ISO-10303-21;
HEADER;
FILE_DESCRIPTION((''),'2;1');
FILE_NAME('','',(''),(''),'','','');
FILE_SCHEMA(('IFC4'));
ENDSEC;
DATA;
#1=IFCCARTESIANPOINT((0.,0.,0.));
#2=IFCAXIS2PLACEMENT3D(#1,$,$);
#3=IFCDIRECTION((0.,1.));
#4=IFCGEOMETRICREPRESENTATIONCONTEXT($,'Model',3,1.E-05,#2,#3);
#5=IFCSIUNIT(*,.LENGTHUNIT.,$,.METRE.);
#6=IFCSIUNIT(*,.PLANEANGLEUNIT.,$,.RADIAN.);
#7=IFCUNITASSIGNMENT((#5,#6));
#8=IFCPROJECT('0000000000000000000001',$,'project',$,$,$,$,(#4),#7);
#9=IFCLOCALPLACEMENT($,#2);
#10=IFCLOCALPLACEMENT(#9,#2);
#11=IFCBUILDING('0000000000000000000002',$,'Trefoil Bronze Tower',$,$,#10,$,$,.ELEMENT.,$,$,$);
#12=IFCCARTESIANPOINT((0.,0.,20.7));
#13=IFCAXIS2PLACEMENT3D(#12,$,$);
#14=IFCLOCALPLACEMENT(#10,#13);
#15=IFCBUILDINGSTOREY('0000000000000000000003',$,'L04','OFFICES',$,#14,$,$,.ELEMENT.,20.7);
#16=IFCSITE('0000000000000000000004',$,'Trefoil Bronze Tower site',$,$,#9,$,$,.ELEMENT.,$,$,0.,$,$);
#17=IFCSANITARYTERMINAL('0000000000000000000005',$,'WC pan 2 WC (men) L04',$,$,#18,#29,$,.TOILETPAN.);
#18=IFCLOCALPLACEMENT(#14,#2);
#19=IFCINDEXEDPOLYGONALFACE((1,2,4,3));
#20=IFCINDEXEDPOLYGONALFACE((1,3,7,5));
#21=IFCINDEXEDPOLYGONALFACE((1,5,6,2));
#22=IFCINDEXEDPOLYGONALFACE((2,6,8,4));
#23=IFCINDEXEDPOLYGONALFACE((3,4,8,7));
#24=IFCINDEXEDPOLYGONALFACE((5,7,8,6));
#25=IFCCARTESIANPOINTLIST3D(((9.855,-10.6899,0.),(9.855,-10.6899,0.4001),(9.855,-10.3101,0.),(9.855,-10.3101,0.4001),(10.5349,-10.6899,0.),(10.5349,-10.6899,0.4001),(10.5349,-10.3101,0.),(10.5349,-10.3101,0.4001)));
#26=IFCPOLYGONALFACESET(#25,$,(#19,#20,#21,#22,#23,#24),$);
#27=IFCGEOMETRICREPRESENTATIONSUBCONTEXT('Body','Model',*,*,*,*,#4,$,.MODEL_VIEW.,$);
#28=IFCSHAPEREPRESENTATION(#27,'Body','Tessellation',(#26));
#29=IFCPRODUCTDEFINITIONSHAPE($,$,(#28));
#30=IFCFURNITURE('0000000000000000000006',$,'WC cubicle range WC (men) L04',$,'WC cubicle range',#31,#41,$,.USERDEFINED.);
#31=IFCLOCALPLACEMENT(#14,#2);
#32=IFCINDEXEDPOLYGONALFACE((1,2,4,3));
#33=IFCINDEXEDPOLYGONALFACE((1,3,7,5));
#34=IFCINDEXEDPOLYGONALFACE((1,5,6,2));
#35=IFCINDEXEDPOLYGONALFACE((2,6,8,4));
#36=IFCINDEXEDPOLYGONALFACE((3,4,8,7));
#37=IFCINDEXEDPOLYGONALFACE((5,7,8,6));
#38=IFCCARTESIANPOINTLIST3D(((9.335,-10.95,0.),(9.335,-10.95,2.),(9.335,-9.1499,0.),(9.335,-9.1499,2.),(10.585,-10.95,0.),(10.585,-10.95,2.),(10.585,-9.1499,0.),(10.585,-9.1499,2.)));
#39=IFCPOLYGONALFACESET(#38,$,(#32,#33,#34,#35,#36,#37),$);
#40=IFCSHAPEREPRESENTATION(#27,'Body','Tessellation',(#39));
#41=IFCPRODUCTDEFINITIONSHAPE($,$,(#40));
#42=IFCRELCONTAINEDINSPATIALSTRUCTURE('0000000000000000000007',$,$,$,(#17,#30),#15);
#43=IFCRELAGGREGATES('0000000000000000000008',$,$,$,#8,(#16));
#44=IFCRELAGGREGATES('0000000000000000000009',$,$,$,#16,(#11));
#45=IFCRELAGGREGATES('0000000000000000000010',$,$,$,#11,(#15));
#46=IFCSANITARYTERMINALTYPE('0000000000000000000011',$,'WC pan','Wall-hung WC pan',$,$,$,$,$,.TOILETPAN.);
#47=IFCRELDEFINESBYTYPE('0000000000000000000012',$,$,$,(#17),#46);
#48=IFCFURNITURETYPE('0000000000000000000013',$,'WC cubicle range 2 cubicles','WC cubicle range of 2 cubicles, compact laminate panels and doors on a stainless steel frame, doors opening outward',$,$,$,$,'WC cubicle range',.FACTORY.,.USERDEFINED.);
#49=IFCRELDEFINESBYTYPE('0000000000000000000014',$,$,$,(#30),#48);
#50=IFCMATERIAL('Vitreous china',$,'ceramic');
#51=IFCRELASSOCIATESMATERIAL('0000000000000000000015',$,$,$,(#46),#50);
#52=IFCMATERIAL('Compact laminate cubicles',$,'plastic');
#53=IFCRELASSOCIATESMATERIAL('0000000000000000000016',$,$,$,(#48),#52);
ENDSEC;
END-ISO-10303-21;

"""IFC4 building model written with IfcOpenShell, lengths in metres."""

from ifc_helpers import new_model, si_unit, direction, frame, origin, place, context, subcontext, project, spatial, polyline, outline, extrude, material, type_object, element, save


model = new_model("IFC4")

# Units and contexts
model_context = context("Model", 3, precision=1e-05, world=origin(), true_north=direction((0.0, 1.0)))
body_context = subcontext(model_context, "Body", "Model", "MODEL_VIEW")
ifc_project = project(units=[si_unit("LENGTHUNIT", "METRE"), si_unit("PLANEANGLEUNIT", "RADIAN")], contexts=[model_context])

# Site, building, storey
site_placement = place(None, origin())
site = spatial("IfcSite", under=ifc_project, at=site_placement, Name="Trefoil Bronze Tower site", CompositionType="ELEMENT", RefElevation=0.0)
building_placement = place(site_placement, origin())
building = spatial("IfcBuilding", under=site, at=building_placement, Name="Trefoil Bronze Tower", CompositionType="ELEMENT")
storey_placement = place(building_placement, frame((0.0, 0.0, 20.7)))
storey = spatial("IfcBuildingStorey", under=building, at=storey_placement, Name="L04", Description="OFFICES", CompositionType="ELEMENT", Elevation=20.7)

# Sanitary terminal
ifc_material_1 = material(Name="Vitreous china", Category="ceramic")
sanitary_terminal_type_1 = type_object("IfcSanitaryTerminalType", Name="WC pan", Description="Wall-hung WC pan", PredefinedType="TOILETPAN", material=ifc_material_1)
sanitary_terminal_1_placement = place(storey_placement, origin())
element("IfcSanitaryTerminal", 1, at=sanitary_terminal_1_placement, inside=storey, type_object=sanitary_terminal_type_1, Name="WC pan 2 WC (men) L04", PredefinedType="TOILETPAN", context=body_context, shape_type="SweptSolid", body=[
    extrude(outline(polyline([(9.855, -10.3101), (10.5349, -10.3101), (10.5349, -10.6899), (9.855, -10.6899), (9.855, -10.3101)])), origin(), (0.0, 0.0, 1.0), 0.4001),
])

# Furniture
ifc_material_2 = material(Name="Compact laminate cubicles", Category="plastic")
furniture_type = type_object("IfcFurnitureType", Name="WC cubicle range 2 cubicles", Description="WC cubicle range of 2 cubicles, compact laminate panels and doors on a stainless steel frame, doors opening outward", ElementType="WC cubicle range", AssemblyPlace="FACTORY", PredefinedType="USERDEFINED", material=ifc_material_2)
furniture_placement = place(storey_placement, origin())
element("IfcFurniture", 2, at=furniture_placement, inside=storey, type_object=furniture_type, Name="WC cubicle range WC (men) L04", ObjectType="WC cubicle range", PredefinedType="USERDEFINED", context=body_context, shape_type="SweptSolid", body=[
    extrude(outline(polyline([(9.335, -9.1499), (10.585, -9.1499), (10.585, -10.95), (9.335, -10.95), (9.335, -9.1499)])), origin(), (0.0, 0.0, 1.0), 2.0),
])

save(model, "model.ifc")
